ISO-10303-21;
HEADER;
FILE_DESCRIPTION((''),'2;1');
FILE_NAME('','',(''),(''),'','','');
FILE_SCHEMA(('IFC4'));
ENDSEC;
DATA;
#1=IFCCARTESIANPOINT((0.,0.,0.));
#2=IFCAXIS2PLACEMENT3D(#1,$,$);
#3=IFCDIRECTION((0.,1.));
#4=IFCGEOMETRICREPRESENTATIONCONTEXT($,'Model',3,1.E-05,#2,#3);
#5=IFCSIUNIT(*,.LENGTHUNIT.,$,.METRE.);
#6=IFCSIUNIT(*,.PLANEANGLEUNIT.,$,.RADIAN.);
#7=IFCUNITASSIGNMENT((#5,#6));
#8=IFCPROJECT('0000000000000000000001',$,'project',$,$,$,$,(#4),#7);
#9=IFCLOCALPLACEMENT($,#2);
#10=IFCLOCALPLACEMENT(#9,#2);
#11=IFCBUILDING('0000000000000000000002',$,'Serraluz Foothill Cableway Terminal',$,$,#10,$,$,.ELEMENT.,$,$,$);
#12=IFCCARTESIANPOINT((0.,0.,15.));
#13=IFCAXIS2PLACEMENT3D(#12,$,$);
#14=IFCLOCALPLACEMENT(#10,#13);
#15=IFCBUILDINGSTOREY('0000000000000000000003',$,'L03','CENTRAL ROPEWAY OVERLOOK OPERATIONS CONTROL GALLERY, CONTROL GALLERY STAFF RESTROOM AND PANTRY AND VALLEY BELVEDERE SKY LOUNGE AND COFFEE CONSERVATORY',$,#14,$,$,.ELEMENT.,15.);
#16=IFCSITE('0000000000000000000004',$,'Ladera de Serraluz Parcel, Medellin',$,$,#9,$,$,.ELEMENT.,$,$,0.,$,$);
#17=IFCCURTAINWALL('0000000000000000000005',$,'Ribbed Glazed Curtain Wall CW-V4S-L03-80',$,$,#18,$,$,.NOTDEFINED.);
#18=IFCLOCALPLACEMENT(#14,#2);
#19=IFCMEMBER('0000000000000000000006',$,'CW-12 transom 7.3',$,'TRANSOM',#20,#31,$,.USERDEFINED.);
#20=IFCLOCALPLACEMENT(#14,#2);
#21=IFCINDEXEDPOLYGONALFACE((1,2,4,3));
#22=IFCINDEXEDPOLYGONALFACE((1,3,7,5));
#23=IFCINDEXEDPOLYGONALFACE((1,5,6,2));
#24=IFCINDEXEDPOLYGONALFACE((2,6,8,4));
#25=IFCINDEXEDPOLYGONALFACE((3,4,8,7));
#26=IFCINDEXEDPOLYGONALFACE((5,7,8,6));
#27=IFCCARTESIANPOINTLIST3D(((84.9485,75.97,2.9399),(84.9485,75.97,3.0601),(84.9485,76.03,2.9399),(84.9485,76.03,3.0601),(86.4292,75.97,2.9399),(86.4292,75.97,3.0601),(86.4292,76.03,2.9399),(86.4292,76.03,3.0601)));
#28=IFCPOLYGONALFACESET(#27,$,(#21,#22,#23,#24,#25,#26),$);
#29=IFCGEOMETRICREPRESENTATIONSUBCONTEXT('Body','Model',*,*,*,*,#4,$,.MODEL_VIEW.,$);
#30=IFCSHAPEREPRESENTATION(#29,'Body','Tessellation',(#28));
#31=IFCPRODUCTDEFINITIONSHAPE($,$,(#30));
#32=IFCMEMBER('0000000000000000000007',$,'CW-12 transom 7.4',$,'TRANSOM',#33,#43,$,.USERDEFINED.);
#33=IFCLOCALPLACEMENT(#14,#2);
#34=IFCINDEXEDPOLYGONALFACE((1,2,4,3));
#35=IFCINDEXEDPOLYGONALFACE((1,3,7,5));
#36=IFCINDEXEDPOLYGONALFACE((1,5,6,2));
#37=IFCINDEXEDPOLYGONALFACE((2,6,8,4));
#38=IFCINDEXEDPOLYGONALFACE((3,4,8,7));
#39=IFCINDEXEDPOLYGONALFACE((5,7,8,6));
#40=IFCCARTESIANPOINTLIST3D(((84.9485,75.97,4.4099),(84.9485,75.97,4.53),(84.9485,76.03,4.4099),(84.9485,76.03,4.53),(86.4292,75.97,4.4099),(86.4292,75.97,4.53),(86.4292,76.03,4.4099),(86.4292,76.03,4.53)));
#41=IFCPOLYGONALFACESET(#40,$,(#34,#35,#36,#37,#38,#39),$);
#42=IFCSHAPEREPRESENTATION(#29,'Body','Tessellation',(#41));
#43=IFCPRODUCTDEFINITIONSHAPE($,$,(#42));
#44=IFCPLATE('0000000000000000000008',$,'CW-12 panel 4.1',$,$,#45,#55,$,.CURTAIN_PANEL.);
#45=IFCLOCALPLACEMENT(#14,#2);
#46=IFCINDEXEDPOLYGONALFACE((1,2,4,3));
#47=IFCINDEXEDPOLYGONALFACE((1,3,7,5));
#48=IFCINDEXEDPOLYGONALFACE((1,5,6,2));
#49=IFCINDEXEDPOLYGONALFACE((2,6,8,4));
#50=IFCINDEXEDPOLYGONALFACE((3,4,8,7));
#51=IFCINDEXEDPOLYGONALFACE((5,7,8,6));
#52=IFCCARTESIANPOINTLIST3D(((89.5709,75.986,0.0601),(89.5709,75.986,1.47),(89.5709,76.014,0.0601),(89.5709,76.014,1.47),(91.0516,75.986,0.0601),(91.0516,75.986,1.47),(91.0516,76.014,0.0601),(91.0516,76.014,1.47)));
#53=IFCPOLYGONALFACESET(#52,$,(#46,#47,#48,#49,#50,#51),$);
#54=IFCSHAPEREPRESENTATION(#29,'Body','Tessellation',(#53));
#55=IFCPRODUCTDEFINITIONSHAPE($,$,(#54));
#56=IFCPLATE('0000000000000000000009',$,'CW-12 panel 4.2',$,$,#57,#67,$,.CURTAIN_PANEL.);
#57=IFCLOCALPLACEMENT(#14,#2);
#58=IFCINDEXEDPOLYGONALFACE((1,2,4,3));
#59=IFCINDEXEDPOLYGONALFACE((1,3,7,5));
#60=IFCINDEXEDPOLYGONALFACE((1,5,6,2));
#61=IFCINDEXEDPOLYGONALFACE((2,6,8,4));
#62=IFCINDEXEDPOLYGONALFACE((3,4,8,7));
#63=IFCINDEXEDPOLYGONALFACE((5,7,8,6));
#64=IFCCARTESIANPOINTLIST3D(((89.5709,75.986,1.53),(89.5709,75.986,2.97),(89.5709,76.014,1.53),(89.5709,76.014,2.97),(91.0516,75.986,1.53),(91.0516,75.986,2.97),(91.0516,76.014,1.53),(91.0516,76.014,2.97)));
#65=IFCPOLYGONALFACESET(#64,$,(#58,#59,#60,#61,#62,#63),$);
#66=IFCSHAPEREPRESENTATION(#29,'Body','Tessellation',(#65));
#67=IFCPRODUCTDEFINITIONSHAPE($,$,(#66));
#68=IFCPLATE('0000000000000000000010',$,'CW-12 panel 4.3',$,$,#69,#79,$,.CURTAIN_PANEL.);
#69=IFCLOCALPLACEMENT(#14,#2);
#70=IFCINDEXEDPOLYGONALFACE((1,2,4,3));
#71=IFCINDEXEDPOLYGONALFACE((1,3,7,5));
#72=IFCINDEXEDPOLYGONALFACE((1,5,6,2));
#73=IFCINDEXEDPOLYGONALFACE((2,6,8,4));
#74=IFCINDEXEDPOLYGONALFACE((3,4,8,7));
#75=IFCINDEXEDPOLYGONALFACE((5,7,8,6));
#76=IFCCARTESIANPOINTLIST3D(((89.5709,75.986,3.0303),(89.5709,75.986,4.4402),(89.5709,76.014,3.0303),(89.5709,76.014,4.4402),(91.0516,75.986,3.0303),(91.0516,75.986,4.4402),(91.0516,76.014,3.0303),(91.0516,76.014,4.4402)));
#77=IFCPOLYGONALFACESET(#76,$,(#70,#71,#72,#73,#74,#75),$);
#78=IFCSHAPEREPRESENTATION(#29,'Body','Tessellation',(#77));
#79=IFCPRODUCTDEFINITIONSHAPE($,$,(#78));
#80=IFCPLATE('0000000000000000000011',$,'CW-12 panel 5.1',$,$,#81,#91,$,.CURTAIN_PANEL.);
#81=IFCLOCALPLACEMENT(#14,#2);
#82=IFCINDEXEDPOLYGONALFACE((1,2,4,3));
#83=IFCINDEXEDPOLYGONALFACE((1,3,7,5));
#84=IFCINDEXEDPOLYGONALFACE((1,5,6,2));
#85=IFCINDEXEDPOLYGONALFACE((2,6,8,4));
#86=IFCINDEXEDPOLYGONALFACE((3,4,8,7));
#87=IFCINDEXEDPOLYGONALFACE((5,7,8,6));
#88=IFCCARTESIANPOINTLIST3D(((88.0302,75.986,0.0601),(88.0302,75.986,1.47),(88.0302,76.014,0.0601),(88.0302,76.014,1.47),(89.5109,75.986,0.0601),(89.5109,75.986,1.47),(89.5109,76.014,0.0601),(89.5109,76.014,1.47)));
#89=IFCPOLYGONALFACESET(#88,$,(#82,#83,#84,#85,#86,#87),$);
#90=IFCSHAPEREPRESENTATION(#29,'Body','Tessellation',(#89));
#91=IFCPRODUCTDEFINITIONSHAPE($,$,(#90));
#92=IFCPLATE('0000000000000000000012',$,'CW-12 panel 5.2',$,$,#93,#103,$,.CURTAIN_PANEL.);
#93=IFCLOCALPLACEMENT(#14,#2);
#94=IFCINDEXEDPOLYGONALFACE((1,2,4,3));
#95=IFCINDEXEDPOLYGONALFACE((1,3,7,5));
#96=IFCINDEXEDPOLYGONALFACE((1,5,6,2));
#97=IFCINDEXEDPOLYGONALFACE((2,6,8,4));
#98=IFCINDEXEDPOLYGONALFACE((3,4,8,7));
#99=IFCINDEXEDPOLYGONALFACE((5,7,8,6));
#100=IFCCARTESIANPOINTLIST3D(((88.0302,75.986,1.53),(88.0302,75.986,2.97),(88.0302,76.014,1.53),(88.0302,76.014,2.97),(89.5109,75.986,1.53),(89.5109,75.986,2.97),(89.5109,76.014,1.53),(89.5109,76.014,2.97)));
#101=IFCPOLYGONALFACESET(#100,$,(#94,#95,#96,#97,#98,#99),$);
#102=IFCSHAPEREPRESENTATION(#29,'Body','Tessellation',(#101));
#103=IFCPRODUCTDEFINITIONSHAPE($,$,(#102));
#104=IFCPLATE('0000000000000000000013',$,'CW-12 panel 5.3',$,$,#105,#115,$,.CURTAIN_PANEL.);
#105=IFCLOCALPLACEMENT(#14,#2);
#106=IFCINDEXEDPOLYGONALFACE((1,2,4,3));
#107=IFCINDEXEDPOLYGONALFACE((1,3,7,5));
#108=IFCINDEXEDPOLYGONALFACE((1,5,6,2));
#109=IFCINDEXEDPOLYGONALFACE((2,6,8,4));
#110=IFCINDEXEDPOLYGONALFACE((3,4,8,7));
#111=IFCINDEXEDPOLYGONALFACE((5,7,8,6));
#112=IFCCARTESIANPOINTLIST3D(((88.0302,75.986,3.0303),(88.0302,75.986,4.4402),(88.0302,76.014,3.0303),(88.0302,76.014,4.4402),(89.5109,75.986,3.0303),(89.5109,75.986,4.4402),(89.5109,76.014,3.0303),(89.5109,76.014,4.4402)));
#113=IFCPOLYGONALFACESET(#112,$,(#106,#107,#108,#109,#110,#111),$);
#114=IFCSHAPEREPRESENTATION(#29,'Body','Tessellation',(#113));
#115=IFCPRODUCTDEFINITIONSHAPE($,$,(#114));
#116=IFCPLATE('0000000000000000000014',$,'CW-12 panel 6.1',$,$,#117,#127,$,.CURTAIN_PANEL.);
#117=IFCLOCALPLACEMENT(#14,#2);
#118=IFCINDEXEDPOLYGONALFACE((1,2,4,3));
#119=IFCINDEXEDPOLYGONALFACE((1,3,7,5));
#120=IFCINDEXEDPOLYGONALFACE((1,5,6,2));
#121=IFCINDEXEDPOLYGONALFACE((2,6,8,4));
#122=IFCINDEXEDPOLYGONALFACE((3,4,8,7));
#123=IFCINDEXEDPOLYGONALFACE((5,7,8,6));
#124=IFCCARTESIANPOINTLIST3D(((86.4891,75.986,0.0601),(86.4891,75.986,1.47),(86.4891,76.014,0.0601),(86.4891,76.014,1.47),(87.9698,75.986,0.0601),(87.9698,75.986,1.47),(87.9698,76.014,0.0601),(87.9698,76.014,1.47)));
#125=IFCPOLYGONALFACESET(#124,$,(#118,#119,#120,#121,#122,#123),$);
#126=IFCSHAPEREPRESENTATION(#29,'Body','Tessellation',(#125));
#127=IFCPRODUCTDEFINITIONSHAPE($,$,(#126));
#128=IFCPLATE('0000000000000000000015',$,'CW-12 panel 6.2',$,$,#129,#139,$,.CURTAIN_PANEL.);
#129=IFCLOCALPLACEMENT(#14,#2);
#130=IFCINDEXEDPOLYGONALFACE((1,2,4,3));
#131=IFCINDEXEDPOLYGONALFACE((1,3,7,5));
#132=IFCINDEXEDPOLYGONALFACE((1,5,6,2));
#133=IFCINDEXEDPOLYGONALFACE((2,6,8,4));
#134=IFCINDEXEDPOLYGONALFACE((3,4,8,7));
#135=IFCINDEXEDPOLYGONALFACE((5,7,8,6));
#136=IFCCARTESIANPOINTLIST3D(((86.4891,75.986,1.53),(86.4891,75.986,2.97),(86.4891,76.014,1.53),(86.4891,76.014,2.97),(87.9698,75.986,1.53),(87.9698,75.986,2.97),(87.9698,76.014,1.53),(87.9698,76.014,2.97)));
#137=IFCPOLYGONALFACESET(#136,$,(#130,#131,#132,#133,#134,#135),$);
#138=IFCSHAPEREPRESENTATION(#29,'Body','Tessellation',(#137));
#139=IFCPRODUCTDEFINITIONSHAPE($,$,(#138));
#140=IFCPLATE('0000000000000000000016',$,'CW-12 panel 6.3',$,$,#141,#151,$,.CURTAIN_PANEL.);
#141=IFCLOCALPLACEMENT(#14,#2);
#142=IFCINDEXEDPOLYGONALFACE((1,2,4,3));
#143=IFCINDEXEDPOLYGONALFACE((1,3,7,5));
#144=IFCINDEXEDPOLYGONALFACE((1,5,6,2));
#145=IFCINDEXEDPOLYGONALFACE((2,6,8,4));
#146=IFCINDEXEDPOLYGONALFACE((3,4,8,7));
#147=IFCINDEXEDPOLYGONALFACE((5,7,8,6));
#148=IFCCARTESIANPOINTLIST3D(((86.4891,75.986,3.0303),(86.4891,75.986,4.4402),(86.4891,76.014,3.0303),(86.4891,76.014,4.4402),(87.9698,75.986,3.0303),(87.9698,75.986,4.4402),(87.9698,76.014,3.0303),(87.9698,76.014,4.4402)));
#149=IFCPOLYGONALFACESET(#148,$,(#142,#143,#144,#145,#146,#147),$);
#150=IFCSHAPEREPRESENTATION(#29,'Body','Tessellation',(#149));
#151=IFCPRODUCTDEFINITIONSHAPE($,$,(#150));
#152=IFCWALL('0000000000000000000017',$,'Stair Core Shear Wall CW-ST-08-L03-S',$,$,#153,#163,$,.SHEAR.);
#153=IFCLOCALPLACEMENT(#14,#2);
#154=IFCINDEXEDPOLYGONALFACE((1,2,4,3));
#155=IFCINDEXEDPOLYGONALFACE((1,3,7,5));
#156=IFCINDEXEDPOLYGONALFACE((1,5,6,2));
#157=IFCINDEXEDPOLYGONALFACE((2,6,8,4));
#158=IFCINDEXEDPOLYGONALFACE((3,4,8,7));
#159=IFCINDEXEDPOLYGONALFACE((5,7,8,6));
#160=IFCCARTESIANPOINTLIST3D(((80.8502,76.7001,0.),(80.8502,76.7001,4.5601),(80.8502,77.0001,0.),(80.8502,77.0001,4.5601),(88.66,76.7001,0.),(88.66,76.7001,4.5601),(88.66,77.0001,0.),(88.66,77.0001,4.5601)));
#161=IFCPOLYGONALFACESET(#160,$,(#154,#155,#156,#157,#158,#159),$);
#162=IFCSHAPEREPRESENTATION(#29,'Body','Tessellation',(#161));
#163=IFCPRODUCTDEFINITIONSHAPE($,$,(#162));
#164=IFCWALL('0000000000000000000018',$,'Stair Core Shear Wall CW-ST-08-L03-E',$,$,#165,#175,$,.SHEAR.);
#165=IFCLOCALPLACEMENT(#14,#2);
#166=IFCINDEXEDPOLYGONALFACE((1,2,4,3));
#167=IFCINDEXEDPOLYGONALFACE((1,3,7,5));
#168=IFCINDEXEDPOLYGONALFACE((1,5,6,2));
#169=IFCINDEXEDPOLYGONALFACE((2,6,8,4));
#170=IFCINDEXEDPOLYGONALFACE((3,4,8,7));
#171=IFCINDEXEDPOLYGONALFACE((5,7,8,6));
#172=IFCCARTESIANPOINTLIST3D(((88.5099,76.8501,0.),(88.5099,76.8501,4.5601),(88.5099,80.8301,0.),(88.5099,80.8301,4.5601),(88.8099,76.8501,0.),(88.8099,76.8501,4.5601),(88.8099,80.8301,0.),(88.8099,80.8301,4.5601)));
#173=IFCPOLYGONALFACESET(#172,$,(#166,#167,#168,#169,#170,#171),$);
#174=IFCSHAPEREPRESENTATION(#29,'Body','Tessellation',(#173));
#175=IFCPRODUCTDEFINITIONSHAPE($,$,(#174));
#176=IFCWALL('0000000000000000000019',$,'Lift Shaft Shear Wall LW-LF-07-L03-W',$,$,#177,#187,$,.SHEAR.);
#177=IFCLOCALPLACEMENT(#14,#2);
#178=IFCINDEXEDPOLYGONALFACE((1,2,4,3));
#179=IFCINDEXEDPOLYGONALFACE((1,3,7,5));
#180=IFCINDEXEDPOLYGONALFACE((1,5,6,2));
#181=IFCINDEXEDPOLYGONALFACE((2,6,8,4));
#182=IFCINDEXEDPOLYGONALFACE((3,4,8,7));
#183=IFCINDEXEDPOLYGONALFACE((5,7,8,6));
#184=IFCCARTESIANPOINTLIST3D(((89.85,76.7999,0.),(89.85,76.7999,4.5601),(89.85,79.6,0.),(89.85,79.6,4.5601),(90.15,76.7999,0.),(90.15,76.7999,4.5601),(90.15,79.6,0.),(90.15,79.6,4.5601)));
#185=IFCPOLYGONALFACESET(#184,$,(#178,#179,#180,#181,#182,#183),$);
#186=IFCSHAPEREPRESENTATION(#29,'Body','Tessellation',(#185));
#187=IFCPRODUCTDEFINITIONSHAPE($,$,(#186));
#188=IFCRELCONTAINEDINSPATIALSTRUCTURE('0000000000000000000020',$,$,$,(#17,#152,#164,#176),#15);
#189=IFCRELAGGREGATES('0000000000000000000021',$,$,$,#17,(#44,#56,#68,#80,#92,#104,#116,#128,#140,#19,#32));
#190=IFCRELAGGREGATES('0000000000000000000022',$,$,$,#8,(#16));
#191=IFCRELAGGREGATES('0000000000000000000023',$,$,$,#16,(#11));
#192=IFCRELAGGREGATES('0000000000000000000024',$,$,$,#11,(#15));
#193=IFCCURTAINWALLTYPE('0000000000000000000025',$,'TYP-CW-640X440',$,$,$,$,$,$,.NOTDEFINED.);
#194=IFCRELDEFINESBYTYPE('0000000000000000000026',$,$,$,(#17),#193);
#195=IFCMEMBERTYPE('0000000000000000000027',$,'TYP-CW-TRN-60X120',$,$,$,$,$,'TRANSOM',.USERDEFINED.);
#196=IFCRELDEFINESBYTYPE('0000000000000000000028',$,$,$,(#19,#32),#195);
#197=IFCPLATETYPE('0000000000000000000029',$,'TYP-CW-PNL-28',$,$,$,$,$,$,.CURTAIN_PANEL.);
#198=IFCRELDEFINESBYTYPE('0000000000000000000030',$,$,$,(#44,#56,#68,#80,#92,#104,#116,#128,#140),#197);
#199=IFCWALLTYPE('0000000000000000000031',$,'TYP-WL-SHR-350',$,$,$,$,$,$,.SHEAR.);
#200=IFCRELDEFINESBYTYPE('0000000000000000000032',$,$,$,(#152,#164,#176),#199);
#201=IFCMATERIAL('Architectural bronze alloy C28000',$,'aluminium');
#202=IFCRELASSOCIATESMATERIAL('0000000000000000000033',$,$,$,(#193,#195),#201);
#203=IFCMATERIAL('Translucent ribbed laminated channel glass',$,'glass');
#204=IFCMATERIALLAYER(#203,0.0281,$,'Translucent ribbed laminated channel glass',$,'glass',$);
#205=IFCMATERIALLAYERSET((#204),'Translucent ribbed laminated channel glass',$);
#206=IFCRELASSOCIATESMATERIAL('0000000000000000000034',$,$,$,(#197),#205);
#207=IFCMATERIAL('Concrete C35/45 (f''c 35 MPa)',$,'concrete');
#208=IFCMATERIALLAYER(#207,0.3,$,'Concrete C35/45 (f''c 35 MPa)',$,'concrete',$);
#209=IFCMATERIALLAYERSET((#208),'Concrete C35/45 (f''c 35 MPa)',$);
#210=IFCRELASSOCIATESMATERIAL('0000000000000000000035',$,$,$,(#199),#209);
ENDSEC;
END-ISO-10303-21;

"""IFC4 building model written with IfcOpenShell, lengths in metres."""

from ifc_helpers import new_model, si_unit, direction, frame, frame_2d, origin, origin_2d, place, context, subcontext, project, spatial, rectangle, extrude, material, layer, layer_set, material_profile, profile_set, type_object, element, aggregate, save


model = new_model("IFC4")

# Units and contexts
model_context = context("Model", 3, precision=1e-05, world=origin(), true_north=direction((0.0, 1.0)))
body_context = subcontext(model_context, "Body", "Model", "MODEL_VIEW")
ifc_project = project(units=[si_unit("LENGTHUNIT", "METRE"), si_unit("PLANEANGLEUNIT", "RADIAN")], contexts=[model_context])

# Site, building, storey
site_placement = place(None, origin())
site = spatial("IfcSite", under=ifc_project, at=site_placement, Name="Ladera de Serraluz Parcel, Medellin", CompositionType="ELEMENT", RefElevation=0.0)
building_placement = place(site_placement, origin())
building = spatial("IfcBuilding", under=site, at=building_placement, Name="Serraluz Foothill Cableway Terminal", CompositionType="ELEMENT")
storey_placement = place(building_placement, frame((0.0, 0.0, 15.0)))
storey = spatial("IfcBuildingStorey", under=building, at=storey_placement, Name="L03", Description="CENTRAL ROPEWAY OVERLOOK OPERATIONS CONTROL GALLERY, CONTROL GALLERY STAFF RESTROOM AND PANTRY AND VALLEY BELVEDERE SKY LOUNGE AND COFFEE CONSERVATORY", CompositionType="ELEMENT", Elevation=15.0)

# Curtain wall, members, plates
ifc_material_1 = material(Name="Architectural bronze alloy C28000", Category="aluminium")
curtain_wall_type = type_object("IfcCurtainWallType", Name="TYP-CW-640X440", PredefinedType="NOTDEFINED", material=ifc_material_1)
curtain_wall_placement = place(storey_placement, origin())
curtain_wall = element("IfcCurtainWall", 1, at=curtain_wall_placement, inside=storey, type_object=curtain_wall_type, Name="Ribbed Glazed Curtain Wall CW-V4S-L03-80", PredefinedType="NOTDEFINED")
ifc_material_profile_1 = material_profile(ifc_material_1, rectangle(XDim=0.0601, YDim=0.1201, at=origin_2d()), Name="ALU TRANSOM 60x120")
ifc_profile_set_1 = profile_set([ifc_material_profile_1], Name="Architectural bronze alloy C28000")
member_type_1 = type_object("IfcMemberType", Name="TYP-CW-TRN-60X120", ElementType="TRANSOM", PredefinedType="USERDEFINED", material=ifc_profile_set_1)
member_1_placement = place(storey_placement, frame((86.4292, 76.0, 3.0), z_axis=(-1.0, 0.0, 0.0), x_axis=(0.0, -1.0, 0.0)))
member_1 = element("IfcMember", 2, at=member_1_placement, type_object=member_type_1, Name="CW-12 transom 7.3", ObjectType="TRANSOM", PredefinedType="USERDEFINED", context=body_context, shape_type="SweptSolid", body=[
    extrude(rectangle(XDim=0.0601, YDim=0.1201, at=origin_2d()), origin(), (0.0, 0.0, 1.0), 1.4807),
])
member_2_placement = place(storey_placement, frame((86.4292, 76.0, 4.47), z_axis=(-1.0, 0.0, 0.0), x_axis=(0.0, -1.0, 0.0)))
member_2 = element("IfcMember", 3, at=member_2_placement, type_object=member_type_1, Name="CW-12 transom 7.4", ObjectType="TRANSOM", PredefinedType="USERDEFINED", context=body_context, shape_type="SweptSolid", body=[
    extrude(rectangle(XDim=0.0601, YDim=0.1201, at=origin_2d()), origin(), (0.0, 0.0, 1.0), 1.4807),
])
ifc_material_2 = material(Name="Translucent ribbed laminated channel glass", Category="glass")
ifc_layer_1 = layer(ifc_material_2, 0.0281, Name="Translucent ribbed laminated channel glass", Category="glass")
ifc_layer_set_1 = layer_set([ifc_layer_1], Name="Translucent ribbed laminated channel glass")
plate_type = type_object("IfcPlateType", Name="TYP-CW-PNL-28", PredefinedType="CURTAIN_PANEL", material=ifc_layer_set_1)
plate_1_placement = place(storey_placement, frame((90.3113, 76.0, 0.0601), z_axis=(0.0, 0.0, 1.0), x_axis=(-1.0, 0.0, 0.0)))
plate_1 = element("IfcPlate", 4, at=plate_1_placement, type_object=plate_type, Name="CW-12 panel 4.1", PredefinedType="CURTAIN_PANEL", context=body_context, shape_type="SweptSolid", body=[
    extrude(rectangle(XDim=1.4807, YDim=0.0281, at=origin_2d()), origin(), (0.0, 0.0, 1.0), 1.4099),
])
plate_2_placement = place(storey_placement, frame((90.3113, 76.0, 1.53), z_axis=(0.0, 0.0, 1.0), x_axis=(-1.0, 0.0, 0.0)))
plate_2 = element("IfcPlate", 5, at=plate_2_placement, type_object=plate_type, Name="CW-12 panel 4.2", PredefinedType="CURTAIN_PANEL", context=body_context, shape_type="SweptSolid", body=[
    extrude(rectangle(XDim=1.4807, YDim=0.0281, at=origin_2d()), origin(), (0.0, 0.0, 1.0), 1.4399),
])
plate_3_placement = place(storey_placement, frame((90.3113, 76.0, 3.0303), z_axis=(0.0, 0.0, 1.0), x_axis=(-1.0, 0.0, 0.0)))
plate_3 = element("IfcPlate", 6, at=plate_3_placement, type_object=plate_type, Name="CW-12 panel 4.3", PredefinedType="CURTAIN_PANEL", context=body_context, shape_type="SweptSolid", body=[
    extrude(rectangle(XDim=1.4807, YDim=0.0281, at=origin_2d()), origin(), (0.0, 0.0, 1.0), 1.4099),
])
plate_4_placement = place(storey_placement, frame((88.7705, 76.0, 0.0601), z_axis=(0.0, 0.0, 1.0), x_axis=(-1.0, 0.0, 0.0)))
plate_4 = element("IfcPlate", 7, at=plate_4_placement, type_object=plate_type, Name="CW-12 panel 5.1", PredefinedType="CURTAIN_PANEL", context=body_context, shape_type="SweptSolid", body=[
    extrude(rectangle(XDim=1.4807, YDim=0.0281, at=origin_2d()), origin(), (0.0, 0.0, 1.0), 1.4099),
])
plate_5_placement = place(storey_placement, frame((88.7705, 76.0, 1.53), z_axis=(0.0, 0.0, 1.0), x_axis=(-1.0, 0.0, 0.0)))
plate_5 = element("IfcPlate", 8, at=plate_5_placement, type_object=plate_type, Name="CW-12 panel 5.2", PredefinedType="CURTAIN_PANEL", context=body_context, shape_type="SweptSolid", body=[
    extrude(rectangle(XDim=1.4807, YDim=0.0281, at=origin_2d()), origin(), (0.0, 0.0, 1.0), 1.4399),
])
plate_6_placement = place(storey_placement, frame((88.7705, 76.0, 3.0303), z_axis=(0.0, 0.0, 1.0), x_axis=(-1.0, 0.0, 0.0)))
plate_6 = element("IfcPlate", 9, at=plate_6_placement, type_object=plate_type, Name="CW-12 panel 5.3", PredefinedType="CURTAIN_PANEL", context=body_context, shape_type="SweptSolid", body=[
    extrude(rectangle(XDim=1.4807, YDim=0.0281, at=origin_2d()), origin(), (0.0, 0.0, 1.0), 1.4099),
])
plate_7_placement = place(storey_placement, frame((87.2295, 76.0, 0.0601), z_axis=(0.0, 0.0, 1.0), x_axis=(-1.0, 0.0, 0.0)))
plate_7 = element("IfcPlate", 10, at=plate_7_placement, type_object=plate_type, Name="CW-12 panel 6.1", PredefinedType="CURTAIN_PANEL", context=body_context, shape_type="SweptSolid", body=[
    extrude(rectangle(XDim=1.4807, YDim=0.0281, at=origin_2d()), origin(), (0.0, 0.0, 1.0), 1.4099),
])
plate_8_placement = place(storey_placement, frame((87.2295, 76.0, 1.53), z_axis=(0.0, 0.0, 1.0), x_axis=(-1.0, 0.0, 0.0)))
plate_8 = element("IfcPlate", 11, at=plate_8_placement, type_object=plate_type, Name="CW-12 panel 6.2", PredefinedType="CURTAIN_PANEL", context=body_context, shape_type="SweptSolid", body=[
    extrude(rectangle(XDim=1.4807, YDim=0.0281, at=origin_2d()), origin(), (0.0, 0.0, 1.0), 1.4399),
])
plate_9_placement = place(storey_placement, frame((87.2295, 76.0, 3.0303), z_axis=(0.0, 0.0, 1.0), x_axis=(-1.0, 0.0, 0.0)))
plate_9 = element("IfcPlate", 12, at=plate_9_placement, type_object=plate_type, Name="CW-12 panel 6.3", PredefinedType="CURTAIN_PANEL", context=body_context, shape_type="SweptSolid", body=[
    extrude(rectangle(XDim=1.4807, YDim=0.0281, at=origin_2d()), origin(), (0.0, 0.0, 1.0), 1.4099),
])
aggregate(curtain_wall, [plate_1, plate_2, plate_3, plate_4, plate_5, plate_6, plate_7, plate_8, plate_9, member_1, member_2])

# Walls
ifc_material_3 = material(Name="Concrete C35/45 (f'c 35 MPa)", Category="concrete")
ifc_layer_2 = layer(ifc_material_3, 0.3, Name="Concrete C35/45 (f'c 35 MPa)", Category="concrete")
ifc_layer_set_2 = layer_set([ifc_layer_2], Name="Concrete C35/45 (f'c 35 MPa)")
wall_type = type_object("IfcWallType", Name="TYP-WL-SHR-350", PredefinedType="SHEAR", material=ifc_layer_set_2)
wall_1_placement = place(storey_placement, frame((88.6599, 76.8501, 0.0), z_axis=(0.0, 0.0, 1.0), x_axis=(-1.0, 0.0, 0.0)))
element("IfcWall", 13, at=wall_1_placement, inside=storey, type_object=wall_type, Name="Stair Core Shear Wall CW-ST-08-L03-S", PredefinedType="SHEAR", context=body_context, shape_type="SweptSolid", body=[
    extrude(rectangle(XDim=7.8098, YDim=0.3, at=frame_2d((3.9048, 0.0))), origin(), (0.0, 0.0, 1.0), 4.5601),
])
wall_2_placement = place(storey_placement, frame((88.6599, 80.8301, 0.0), z_axis=(0.0, 0.0, 1.0), x_axis=(0.0, -1.0, 0.0)))
element("IfcWall", 14, at=wall_2_placement, inside=storey, type_object=wall_type, Name="Stair Core Shear Wall CW-ST-08-L03-E", PredefinedType="SHEAR", context=body_context, shape_type="SweptSolid", body=[
    extrude(rectangle(XDim=3.98, YDim=0.3, at=frame_2d((1.99, 0.0))), origin(), (0.0, 0.0, 1.0), 4.5601),
])
wall_3_placement = place(storey_placement, frame((90.0, 76.8, 0.0), z_axis=(0.0, 0.0, 1.0), x_axis=(0.0, 1.0, 0.0)))
element("IfcWall", 15, at=wall_3_placement, inside=storey, type_object=wall_type, Name="Lift Shaft Shear Wall LW-LF-07-L03-W", PredefinedType="SHEAR", context=body_context, shape_type="SweptSolid", body=[
    extrude(rectangle(XDim=2.8, YDim=0.3, at=frame_2d((1.3999, 0.0))), origin(), (0.0, 0.0, 1.0), 4.5601),
])

save(model, "model.ifc")
